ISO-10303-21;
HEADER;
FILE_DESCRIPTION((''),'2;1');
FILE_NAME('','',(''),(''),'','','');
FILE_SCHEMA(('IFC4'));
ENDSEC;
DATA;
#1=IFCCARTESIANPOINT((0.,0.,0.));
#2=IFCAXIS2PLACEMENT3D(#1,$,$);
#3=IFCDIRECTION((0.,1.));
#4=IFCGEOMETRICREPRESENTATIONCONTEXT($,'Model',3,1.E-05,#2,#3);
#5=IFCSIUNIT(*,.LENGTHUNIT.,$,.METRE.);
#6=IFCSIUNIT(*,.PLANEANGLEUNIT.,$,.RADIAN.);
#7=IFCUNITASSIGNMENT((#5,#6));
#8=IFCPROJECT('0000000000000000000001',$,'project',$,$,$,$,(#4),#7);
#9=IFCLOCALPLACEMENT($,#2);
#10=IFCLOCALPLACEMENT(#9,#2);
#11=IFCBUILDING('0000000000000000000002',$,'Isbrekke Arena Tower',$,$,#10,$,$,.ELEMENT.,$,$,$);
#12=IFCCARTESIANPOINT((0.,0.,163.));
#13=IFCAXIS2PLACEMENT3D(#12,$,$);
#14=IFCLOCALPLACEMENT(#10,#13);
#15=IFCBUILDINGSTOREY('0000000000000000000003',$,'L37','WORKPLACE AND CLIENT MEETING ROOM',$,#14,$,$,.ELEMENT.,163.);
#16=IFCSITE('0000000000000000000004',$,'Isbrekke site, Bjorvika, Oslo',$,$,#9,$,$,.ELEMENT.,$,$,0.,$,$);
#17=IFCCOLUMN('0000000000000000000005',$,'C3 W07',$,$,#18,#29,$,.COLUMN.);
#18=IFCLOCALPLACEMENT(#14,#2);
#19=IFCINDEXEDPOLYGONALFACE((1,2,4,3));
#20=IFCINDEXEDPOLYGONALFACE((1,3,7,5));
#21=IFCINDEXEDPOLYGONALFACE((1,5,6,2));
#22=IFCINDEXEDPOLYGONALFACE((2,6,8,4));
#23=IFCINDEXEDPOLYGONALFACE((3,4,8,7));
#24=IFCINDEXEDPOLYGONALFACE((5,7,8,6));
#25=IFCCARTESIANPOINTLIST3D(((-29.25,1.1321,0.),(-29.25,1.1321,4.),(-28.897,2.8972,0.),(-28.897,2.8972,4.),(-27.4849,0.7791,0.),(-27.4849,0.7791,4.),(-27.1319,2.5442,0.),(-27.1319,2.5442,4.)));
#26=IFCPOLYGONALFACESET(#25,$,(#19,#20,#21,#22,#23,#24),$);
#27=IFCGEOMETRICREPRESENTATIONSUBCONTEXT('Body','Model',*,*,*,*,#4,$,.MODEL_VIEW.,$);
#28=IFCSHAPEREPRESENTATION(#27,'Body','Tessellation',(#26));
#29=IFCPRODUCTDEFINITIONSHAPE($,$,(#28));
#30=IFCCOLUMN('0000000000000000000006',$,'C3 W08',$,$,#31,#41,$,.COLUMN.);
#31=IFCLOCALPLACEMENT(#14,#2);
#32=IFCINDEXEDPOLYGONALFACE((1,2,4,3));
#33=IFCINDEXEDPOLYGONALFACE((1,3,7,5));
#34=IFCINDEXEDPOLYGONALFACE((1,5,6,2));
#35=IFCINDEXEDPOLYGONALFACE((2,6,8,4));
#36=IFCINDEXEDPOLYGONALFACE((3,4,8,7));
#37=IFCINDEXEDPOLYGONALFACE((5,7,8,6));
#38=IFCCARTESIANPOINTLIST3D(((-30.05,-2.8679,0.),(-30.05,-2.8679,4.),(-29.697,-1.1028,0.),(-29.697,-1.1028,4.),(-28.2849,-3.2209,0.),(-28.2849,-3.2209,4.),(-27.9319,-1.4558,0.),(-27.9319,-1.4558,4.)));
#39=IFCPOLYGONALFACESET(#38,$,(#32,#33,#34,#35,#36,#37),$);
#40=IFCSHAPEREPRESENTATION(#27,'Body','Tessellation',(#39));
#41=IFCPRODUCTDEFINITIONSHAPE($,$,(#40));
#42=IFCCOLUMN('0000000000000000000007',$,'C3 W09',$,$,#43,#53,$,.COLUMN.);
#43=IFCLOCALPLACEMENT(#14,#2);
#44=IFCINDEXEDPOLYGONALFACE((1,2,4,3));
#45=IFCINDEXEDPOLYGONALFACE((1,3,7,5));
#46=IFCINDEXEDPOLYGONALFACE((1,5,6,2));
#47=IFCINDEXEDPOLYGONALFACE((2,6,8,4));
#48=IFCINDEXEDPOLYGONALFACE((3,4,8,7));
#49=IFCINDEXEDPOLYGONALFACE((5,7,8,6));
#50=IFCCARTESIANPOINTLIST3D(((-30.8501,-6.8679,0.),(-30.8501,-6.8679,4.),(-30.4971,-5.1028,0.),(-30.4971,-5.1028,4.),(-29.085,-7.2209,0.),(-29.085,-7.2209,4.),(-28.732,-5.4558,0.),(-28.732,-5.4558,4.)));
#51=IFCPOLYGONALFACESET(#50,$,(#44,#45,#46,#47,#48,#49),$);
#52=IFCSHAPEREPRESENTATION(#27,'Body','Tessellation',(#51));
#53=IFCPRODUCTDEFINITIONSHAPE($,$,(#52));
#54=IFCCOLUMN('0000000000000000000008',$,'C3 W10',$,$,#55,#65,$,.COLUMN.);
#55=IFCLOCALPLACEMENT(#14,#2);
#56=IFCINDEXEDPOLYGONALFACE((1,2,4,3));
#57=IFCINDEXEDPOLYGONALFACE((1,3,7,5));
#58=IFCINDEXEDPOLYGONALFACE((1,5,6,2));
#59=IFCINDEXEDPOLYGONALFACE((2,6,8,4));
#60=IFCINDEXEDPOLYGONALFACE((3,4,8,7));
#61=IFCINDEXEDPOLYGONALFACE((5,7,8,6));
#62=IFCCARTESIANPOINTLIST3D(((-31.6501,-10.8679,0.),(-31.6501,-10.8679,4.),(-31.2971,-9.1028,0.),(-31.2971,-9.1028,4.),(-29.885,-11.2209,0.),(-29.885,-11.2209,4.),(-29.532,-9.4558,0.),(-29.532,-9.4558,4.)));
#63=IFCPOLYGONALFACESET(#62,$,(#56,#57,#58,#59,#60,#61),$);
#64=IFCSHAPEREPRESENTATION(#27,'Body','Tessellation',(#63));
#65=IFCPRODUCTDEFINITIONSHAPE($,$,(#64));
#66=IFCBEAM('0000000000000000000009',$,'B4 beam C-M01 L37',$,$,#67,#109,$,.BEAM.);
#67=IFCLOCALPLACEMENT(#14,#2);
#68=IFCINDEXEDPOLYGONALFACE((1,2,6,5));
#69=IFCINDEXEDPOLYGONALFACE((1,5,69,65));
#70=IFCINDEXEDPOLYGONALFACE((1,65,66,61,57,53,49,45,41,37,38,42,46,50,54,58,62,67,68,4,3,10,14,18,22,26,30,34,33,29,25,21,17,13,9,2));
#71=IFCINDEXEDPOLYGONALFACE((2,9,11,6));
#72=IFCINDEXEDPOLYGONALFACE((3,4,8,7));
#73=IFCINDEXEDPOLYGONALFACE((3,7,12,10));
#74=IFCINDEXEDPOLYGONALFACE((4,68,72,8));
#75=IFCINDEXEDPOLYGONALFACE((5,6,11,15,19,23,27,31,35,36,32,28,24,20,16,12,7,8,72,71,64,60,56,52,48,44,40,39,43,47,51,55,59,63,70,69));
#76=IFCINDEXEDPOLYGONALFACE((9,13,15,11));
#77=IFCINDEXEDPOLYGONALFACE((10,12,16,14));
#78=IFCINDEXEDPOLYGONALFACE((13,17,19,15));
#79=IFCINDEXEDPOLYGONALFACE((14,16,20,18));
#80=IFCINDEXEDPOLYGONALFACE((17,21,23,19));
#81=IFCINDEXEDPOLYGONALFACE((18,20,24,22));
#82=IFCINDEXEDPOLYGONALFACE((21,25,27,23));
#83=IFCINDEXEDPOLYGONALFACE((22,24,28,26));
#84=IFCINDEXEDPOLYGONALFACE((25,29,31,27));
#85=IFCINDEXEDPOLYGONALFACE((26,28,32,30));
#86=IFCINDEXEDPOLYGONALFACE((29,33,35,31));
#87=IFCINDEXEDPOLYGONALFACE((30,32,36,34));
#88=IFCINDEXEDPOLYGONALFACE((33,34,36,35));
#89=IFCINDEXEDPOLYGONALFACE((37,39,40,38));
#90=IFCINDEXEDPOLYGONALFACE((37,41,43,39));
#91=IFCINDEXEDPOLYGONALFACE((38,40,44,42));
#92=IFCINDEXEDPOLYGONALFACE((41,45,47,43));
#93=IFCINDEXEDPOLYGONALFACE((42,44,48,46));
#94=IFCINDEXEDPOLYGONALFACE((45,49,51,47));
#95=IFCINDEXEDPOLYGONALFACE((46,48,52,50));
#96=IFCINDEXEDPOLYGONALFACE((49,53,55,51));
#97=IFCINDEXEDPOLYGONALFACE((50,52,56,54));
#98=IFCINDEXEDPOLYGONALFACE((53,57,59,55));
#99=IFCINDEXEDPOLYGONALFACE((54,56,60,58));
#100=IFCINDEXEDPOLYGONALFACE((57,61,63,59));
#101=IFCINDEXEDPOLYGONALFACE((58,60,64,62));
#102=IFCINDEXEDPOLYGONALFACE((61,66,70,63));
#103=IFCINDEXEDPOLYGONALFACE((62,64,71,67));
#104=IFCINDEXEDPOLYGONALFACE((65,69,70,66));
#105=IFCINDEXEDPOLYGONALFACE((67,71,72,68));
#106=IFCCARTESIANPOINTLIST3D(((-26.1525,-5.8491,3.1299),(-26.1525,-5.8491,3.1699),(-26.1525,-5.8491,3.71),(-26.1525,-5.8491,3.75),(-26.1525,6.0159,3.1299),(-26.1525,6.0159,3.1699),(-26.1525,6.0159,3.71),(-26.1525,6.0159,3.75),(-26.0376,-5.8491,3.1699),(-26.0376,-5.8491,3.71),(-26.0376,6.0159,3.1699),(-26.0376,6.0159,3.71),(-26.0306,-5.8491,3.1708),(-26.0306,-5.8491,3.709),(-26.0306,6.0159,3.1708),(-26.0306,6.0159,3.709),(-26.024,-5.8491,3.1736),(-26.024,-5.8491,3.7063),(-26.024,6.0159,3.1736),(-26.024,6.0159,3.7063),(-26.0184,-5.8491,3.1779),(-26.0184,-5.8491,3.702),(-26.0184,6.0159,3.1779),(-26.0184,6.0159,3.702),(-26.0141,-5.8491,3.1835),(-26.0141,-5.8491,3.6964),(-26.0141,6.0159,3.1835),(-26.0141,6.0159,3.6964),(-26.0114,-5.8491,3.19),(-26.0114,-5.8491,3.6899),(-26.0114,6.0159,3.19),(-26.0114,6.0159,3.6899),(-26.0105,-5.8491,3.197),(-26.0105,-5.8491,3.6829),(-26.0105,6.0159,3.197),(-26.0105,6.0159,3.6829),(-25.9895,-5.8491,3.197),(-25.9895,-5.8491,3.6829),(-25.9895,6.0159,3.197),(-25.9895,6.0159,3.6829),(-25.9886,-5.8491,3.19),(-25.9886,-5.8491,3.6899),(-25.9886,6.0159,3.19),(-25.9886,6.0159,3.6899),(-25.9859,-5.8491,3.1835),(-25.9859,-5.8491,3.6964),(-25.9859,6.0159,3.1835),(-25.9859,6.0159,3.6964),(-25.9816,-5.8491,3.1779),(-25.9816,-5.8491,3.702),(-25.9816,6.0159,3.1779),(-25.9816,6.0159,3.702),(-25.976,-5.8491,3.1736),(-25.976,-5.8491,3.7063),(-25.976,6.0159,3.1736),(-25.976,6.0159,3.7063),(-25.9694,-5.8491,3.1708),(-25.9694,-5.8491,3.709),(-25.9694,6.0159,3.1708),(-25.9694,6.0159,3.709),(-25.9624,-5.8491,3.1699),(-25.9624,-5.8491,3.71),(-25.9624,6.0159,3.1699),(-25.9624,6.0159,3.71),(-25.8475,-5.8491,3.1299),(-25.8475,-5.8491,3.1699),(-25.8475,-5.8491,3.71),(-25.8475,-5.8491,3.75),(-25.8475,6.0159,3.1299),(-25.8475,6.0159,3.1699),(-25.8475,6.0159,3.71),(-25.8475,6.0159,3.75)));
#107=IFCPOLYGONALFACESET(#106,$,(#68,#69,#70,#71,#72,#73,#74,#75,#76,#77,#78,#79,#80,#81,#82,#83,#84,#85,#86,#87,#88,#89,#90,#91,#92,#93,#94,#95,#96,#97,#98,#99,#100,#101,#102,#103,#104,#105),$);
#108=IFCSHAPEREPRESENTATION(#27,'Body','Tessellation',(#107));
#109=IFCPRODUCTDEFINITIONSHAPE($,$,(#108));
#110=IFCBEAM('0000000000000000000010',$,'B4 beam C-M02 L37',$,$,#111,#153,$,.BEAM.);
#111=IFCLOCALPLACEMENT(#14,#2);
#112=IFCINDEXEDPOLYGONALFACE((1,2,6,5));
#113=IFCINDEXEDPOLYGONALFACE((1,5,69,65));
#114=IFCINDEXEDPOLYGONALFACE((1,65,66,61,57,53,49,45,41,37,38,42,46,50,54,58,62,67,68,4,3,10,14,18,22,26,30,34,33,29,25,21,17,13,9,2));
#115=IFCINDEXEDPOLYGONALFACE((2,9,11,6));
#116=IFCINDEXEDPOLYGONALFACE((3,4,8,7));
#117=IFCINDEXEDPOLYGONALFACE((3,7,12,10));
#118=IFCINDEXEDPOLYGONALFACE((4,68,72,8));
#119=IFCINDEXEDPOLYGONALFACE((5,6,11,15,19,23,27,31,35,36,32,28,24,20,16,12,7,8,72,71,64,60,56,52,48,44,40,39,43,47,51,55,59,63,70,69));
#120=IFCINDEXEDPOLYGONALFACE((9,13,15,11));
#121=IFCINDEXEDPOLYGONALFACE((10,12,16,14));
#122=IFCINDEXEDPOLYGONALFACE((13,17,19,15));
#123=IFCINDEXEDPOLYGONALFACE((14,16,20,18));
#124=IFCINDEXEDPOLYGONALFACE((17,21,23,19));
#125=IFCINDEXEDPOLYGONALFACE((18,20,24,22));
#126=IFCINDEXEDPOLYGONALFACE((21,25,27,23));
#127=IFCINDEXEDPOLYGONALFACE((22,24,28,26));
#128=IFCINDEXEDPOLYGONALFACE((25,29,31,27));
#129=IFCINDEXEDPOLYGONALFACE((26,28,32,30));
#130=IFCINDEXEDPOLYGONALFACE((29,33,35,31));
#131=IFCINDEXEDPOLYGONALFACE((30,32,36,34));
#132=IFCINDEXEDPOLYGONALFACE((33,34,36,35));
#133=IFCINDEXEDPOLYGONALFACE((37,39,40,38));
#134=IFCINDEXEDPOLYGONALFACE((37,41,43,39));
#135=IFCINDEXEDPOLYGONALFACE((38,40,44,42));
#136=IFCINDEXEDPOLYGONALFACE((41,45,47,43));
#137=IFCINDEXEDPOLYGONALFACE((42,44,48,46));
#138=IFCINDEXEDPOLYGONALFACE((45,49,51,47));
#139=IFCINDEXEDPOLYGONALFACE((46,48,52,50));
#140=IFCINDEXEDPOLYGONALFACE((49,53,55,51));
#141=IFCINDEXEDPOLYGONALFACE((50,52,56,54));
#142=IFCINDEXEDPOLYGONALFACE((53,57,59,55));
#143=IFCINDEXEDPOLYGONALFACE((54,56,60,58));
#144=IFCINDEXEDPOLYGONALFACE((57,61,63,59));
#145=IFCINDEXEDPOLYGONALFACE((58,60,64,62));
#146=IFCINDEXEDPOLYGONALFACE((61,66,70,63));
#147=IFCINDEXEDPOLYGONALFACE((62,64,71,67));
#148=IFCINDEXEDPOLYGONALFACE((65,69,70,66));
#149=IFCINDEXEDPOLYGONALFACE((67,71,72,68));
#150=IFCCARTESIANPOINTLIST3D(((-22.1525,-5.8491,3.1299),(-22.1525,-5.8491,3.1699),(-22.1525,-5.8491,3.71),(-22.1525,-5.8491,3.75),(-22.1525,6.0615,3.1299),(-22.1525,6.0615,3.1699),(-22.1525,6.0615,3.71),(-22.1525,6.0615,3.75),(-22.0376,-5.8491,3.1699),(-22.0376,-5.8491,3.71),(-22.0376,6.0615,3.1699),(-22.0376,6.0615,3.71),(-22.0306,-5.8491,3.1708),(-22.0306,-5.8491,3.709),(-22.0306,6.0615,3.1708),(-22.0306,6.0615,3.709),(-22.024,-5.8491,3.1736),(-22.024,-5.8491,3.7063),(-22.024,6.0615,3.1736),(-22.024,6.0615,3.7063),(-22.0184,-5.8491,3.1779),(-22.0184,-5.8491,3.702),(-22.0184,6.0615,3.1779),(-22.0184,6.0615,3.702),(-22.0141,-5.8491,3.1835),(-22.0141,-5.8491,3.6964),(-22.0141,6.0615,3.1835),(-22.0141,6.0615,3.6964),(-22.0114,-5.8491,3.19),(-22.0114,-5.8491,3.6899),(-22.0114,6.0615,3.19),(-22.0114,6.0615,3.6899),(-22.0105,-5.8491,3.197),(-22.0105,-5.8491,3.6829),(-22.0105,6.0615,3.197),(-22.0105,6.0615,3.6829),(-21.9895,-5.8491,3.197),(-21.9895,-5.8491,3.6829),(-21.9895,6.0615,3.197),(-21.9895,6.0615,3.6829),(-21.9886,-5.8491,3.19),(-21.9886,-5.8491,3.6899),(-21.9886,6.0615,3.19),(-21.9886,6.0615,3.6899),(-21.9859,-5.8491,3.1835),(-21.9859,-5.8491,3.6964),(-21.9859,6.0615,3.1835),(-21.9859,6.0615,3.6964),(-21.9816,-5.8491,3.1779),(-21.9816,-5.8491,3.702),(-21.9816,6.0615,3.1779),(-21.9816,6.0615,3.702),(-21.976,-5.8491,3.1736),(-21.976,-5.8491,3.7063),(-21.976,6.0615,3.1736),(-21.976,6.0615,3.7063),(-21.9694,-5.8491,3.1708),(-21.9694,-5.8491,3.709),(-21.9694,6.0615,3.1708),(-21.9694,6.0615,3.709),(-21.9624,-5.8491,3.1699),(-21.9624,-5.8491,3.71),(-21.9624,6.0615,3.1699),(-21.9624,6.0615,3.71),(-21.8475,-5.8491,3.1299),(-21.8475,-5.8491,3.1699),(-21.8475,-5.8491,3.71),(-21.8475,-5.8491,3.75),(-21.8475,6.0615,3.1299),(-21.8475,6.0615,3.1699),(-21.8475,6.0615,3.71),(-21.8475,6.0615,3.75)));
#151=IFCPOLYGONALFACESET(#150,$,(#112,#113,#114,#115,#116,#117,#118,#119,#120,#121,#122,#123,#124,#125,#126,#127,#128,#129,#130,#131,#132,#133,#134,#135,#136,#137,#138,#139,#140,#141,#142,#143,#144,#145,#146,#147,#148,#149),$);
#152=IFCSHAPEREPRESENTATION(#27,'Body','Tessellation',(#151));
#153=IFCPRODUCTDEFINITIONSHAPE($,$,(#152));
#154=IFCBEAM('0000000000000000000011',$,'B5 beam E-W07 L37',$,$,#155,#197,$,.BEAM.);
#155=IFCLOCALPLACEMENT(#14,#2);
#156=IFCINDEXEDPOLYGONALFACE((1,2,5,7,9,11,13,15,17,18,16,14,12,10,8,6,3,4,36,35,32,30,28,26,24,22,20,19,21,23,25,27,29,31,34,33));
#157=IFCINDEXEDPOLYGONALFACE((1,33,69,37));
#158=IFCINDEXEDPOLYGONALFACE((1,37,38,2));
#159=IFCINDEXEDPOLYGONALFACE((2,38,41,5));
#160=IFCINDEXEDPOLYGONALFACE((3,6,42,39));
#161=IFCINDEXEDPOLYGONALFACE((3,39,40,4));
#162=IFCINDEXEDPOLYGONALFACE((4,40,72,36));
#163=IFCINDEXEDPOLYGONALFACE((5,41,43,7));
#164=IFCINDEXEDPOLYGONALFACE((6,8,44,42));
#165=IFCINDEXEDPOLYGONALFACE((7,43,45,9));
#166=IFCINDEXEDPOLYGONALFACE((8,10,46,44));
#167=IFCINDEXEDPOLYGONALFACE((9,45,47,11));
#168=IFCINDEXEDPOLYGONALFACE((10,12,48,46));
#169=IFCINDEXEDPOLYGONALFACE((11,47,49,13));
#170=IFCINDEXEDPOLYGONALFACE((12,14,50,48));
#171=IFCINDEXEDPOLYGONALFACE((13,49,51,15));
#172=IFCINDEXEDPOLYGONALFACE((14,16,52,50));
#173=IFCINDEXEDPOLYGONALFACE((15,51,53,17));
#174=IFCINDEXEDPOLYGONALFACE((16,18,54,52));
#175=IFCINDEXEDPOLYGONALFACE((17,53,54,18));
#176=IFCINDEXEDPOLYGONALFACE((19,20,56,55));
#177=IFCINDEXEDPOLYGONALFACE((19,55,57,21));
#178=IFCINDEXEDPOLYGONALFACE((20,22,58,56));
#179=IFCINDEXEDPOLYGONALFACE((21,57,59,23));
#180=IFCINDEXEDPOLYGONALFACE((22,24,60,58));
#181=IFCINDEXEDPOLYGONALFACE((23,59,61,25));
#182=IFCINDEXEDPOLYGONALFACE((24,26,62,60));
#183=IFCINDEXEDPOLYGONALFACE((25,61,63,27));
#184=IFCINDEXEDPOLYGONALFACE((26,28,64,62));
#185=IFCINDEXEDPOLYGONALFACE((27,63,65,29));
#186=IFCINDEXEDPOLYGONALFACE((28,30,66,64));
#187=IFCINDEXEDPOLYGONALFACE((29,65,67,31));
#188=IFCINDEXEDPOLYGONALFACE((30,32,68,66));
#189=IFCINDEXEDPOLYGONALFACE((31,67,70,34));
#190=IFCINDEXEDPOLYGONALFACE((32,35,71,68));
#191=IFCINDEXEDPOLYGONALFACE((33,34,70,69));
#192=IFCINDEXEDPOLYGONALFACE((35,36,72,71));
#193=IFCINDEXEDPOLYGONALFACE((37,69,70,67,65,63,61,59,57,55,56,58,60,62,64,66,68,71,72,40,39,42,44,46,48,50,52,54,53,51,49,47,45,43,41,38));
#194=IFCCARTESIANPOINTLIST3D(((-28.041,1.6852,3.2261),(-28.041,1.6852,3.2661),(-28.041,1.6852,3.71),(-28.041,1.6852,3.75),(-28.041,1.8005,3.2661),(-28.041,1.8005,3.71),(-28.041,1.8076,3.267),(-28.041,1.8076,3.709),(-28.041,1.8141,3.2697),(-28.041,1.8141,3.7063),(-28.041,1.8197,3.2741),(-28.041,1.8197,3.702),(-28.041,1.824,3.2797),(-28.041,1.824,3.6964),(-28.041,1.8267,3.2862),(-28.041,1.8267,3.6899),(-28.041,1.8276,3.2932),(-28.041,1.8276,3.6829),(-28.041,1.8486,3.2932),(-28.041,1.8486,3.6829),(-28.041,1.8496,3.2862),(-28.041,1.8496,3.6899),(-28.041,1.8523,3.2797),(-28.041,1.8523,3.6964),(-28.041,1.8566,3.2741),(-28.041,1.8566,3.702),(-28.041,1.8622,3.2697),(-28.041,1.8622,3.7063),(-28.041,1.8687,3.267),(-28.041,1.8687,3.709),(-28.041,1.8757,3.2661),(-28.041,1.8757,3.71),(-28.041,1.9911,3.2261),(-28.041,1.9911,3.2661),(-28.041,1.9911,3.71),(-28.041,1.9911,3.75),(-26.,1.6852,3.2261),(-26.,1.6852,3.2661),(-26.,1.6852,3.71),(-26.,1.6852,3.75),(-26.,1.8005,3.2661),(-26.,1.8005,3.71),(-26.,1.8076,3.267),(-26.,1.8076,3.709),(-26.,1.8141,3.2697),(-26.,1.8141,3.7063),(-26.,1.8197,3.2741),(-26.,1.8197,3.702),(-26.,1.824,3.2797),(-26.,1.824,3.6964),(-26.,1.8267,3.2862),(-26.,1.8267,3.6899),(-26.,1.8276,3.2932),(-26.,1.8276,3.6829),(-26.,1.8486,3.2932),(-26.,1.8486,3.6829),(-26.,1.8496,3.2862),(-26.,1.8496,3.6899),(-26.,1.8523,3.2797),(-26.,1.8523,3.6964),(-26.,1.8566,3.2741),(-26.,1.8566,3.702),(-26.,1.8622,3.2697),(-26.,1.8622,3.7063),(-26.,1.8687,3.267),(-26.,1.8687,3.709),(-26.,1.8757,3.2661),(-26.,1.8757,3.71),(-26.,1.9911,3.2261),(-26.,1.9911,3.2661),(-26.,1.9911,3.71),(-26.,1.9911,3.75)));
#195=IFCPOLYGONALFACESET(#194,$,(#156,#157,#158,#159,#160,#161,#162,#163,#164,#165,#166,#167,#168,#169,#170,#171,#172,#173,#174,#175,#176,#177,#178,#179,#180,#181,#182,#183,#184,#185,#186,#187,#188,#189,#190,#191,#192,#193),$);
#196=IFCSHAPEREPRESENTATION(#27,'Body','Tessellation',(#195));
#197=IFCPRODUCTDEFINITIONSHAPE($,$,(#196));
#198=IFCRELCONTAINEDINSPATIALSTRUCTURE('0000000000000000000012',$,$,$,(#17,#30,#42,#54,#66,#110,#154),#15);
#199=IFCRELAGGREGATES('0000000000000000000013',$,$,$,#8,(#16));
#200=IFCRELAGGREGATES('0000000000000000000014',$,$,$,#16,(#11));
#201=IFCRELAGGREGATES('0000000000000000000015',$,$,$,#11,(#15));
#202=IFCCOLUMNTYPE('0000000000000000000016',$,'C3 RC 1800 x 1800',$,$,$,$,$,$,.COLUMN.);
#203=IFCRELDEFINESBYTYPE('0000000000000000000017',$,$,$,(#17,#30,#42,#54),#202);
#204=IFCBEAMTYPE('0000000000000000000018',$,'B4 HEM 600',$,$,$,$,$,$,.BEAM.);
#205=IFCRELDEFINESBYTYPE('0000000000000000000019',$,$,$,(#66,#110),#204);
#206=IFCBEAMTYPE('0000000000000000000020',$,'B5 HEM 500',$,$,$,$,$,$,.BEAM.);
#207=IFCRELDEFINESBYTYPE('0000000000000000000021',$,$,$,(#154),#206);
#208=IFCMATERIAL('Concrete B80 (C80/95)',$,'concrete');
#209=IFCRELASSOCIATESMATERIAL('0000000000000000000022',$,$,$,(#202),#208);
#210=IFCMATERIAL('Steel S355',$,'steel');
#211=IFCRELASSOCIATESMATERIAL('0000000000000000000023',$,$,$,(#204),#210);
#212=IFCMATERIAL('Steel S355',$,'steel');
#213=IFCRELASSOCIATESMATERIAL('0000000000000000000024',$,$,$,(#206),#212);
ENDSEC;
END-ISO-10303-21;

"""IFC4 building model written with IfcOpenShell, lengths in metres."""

from ifc_helpers import new_model, si_unit, direction, frame, origin, origin_2d, place, context, subcontext, project, spatial, rectangle, i_section, extrude, material, material_profile, profile_set, type_object, element, save


model = new_model("IFC4")

# Units and contexts
model_context = context("Model", 3, precision=1e-05, world=origin(), true_north=direction((0.0, 1.0)))
body_context = subcontext(model_context, "Body", "Model", "MODEL_VIEW")
ifc_project = project(units=[si_unit("LENGTHUNIT", "METRE"), si_unit("PLANEANGLEUNIT", "RADIAN")], contexts=[model_context])

# Site, building, storey
site_placement = place(None, origin())
site = spatial("IfcSite", under=ifc_project, at=site_placement, Name="Isbrekke site, Bjorvika, Oslo", CompositionType="ELEMENT", RefElevation=0.0)
building_placement = place(site_placement, origin())
building = spatial("IfcBuilding", under=site, at=building_placement, Name="Isbrekke Arena Tower", CompositionType="ELEMENT")
storey_placement = place(building_placement, frame((0.0, 0.0, 163.0)))
storey = spatial("IfcBuildingStorey", under=building, at=storey_placement, Name="L37", Description="WORKPLACE AND CLIENT MEETING ROOM", CompositionType="ELEMENT", Elevation=163.0)

# Columns
ifc_material_1 = material(Name="Concrete B80 (C80/95)", Category="concrete")
ifc_material_profile_1 = material_profile(ifc_material_1, rectangle(XDim=1.8, YDim=1.8, at=origin_2d()), Name="RC 1800x1800")
ifc_profile_set_1 = profile_set([ifc_material_profile_1], Name="Concrete B80 (C80/95)")
column_type = type_object("IfcColumnType", Name="C3 RC 1800 x 1800", PredefinedType="COLUMN", material=ifc_profile_set_1)
for number, where, z_axis, x_axis, name in (
    (1, (-28.1909, 1.8381, 0.0), (0.0, 0.0, 1.0), (-0.196116, -0.980581, 0.0), "C3 W07"),
    (2, (-28.991, -2.1619, 0.0), (0.0, 0.0, 1.0), (-0.196116, -0.980581, 0.0), "C3 W08"),
    (3, (-29.791, -6.1619, 0.0), (0.0, 0.0, 1.0), (-0.196116, -0.980581, 0.0), "C3 W09"),
    (4, (-30.5911, -10.1619, 0.0), (0.0, 0.0, 1.0), (-0.196116, -0.980581, 0.0), "C3 W10"),
):
    element("IfcColumn", number, at=place(storey_placement, frame(where, z_axis=z_axis, x_axis=x_axis)), inside=storey, type_object=column_type, Name=name, PredefinedType="COLUMN", context=body_context, shape_type="SweptSolid", body=[
        extrude(rectangle(XDim=1.8, YDim=1.8, at=origin_2d()), origin(), (0.0, 0.0, 1.0), 4.0),
    ])

# Beams
ifc_material_2 = material(Name="Steel S355", Category="steel")
ifc_material_profile_2 = material_profile(ifc_material_2, i_section(OverallWidth=0.3049, OverallDepth=0.6201, WebThickness=0.021, FlangeThickness=0.04, FilletRadius=0.0271, at=origin_2d()), Name="HEM 600")
ifc_profile_set_2 = profile_set([ifc_material_profile_2], Name="Steel S355")
beam_type_1 = type_object("IfcBeamType", Name="B4 HEM 600", PredefinedType="BEAM", material=ifc_profile_set_2)
beam_1_placement = place(storey_placement, frame((-26.0, -5.8491, 3.4399), z_axis=(0.0, 1.0, 0.0), x_axis=(-1.0, 0.0, 0.0)))
element("IfcBeam", 5, at=beam_1_placement, inside=storey, type_object=beam_type_1, Name="B4 beam C-M01 L37", PredefinedType="BEAM", context=body_context, shape_type="SweptSolid", body=[
    extrude(i_section(OverallWidth=0.3049, OverallDepth=0.6201, WebThickness=0.021, FlangeThickness=0.04, FilletRadius=0.0271, at=origin_2d()), origin(), (0.0, 0.0, 1.0), 11.865),
])
beam_2_placement = place(storey_placement, frame((-22.0, -5.8491, 3.4399), z_axis=(0.0, 1.0, 0.0), x_axis=(-1.0, 0.0, 0.0)))
element("IfcBeam", 6, at=beam_2_placement, inside=storey, type_object=beam_type_1, Name="B4 beam C-M02 L37", PredefinedType="BEAM", context=body_context, shape_type="SweptSolid", body=[
    extrude(i_section(OverallWidth=0.3049, OverallDepth=0.6201, WebThickness=0.021, FlangeThickness=0.04, FilletRadius=0.0271, at=origin_2d()), origin(), (0.0, 0.0, 1.0), 11.9106),
])
ifc_material_3 = material(Name="Steel S355", Category="steel")
ifc_material_profile_3 = material_profile(ifc_material_3, i_section(OverallWidth=0.3059, OverallDepth=0.5239, WebThickness=0.021, FlangeThickness=0.04, FilletRadius=0.0271, at=origin_2d()), Name="HEM 500")
ifc_profile_set_3 = profile_set([ifc_material_profile_3], Name="Steel S355")
beam_type_2 = type_object("IfcBeamType", Name="B5 HEM 500", PredefinedType="BEAM", material=ifc_profile_set_3)
beam_3_placement = place(storey_placement, frame((-28.041, 1.8381, 3.488), z_axis=(1.0, 0.0, 0.0), x_axis=(0.0, 1.0, 0.0)))
element("IfcBeam", 7, at=beam_3_placement, inside=storey, type_object=beam_type_2, Name="B5 beam E-W07 L37", PredefinedType="BEAM", context=body_context, shape_type="SweptSolid", body=[
    extrude(i_section(OverallWidth=0.3059, OverallDepth=0.5239, WebThickness=0.021, FlangeThickness=0.04, FilletRadius=0.0271, at=origin_2d()), origin(), (0.0, 0.0, 1.0), 2.041),
])

save(model, "model.ifc")
